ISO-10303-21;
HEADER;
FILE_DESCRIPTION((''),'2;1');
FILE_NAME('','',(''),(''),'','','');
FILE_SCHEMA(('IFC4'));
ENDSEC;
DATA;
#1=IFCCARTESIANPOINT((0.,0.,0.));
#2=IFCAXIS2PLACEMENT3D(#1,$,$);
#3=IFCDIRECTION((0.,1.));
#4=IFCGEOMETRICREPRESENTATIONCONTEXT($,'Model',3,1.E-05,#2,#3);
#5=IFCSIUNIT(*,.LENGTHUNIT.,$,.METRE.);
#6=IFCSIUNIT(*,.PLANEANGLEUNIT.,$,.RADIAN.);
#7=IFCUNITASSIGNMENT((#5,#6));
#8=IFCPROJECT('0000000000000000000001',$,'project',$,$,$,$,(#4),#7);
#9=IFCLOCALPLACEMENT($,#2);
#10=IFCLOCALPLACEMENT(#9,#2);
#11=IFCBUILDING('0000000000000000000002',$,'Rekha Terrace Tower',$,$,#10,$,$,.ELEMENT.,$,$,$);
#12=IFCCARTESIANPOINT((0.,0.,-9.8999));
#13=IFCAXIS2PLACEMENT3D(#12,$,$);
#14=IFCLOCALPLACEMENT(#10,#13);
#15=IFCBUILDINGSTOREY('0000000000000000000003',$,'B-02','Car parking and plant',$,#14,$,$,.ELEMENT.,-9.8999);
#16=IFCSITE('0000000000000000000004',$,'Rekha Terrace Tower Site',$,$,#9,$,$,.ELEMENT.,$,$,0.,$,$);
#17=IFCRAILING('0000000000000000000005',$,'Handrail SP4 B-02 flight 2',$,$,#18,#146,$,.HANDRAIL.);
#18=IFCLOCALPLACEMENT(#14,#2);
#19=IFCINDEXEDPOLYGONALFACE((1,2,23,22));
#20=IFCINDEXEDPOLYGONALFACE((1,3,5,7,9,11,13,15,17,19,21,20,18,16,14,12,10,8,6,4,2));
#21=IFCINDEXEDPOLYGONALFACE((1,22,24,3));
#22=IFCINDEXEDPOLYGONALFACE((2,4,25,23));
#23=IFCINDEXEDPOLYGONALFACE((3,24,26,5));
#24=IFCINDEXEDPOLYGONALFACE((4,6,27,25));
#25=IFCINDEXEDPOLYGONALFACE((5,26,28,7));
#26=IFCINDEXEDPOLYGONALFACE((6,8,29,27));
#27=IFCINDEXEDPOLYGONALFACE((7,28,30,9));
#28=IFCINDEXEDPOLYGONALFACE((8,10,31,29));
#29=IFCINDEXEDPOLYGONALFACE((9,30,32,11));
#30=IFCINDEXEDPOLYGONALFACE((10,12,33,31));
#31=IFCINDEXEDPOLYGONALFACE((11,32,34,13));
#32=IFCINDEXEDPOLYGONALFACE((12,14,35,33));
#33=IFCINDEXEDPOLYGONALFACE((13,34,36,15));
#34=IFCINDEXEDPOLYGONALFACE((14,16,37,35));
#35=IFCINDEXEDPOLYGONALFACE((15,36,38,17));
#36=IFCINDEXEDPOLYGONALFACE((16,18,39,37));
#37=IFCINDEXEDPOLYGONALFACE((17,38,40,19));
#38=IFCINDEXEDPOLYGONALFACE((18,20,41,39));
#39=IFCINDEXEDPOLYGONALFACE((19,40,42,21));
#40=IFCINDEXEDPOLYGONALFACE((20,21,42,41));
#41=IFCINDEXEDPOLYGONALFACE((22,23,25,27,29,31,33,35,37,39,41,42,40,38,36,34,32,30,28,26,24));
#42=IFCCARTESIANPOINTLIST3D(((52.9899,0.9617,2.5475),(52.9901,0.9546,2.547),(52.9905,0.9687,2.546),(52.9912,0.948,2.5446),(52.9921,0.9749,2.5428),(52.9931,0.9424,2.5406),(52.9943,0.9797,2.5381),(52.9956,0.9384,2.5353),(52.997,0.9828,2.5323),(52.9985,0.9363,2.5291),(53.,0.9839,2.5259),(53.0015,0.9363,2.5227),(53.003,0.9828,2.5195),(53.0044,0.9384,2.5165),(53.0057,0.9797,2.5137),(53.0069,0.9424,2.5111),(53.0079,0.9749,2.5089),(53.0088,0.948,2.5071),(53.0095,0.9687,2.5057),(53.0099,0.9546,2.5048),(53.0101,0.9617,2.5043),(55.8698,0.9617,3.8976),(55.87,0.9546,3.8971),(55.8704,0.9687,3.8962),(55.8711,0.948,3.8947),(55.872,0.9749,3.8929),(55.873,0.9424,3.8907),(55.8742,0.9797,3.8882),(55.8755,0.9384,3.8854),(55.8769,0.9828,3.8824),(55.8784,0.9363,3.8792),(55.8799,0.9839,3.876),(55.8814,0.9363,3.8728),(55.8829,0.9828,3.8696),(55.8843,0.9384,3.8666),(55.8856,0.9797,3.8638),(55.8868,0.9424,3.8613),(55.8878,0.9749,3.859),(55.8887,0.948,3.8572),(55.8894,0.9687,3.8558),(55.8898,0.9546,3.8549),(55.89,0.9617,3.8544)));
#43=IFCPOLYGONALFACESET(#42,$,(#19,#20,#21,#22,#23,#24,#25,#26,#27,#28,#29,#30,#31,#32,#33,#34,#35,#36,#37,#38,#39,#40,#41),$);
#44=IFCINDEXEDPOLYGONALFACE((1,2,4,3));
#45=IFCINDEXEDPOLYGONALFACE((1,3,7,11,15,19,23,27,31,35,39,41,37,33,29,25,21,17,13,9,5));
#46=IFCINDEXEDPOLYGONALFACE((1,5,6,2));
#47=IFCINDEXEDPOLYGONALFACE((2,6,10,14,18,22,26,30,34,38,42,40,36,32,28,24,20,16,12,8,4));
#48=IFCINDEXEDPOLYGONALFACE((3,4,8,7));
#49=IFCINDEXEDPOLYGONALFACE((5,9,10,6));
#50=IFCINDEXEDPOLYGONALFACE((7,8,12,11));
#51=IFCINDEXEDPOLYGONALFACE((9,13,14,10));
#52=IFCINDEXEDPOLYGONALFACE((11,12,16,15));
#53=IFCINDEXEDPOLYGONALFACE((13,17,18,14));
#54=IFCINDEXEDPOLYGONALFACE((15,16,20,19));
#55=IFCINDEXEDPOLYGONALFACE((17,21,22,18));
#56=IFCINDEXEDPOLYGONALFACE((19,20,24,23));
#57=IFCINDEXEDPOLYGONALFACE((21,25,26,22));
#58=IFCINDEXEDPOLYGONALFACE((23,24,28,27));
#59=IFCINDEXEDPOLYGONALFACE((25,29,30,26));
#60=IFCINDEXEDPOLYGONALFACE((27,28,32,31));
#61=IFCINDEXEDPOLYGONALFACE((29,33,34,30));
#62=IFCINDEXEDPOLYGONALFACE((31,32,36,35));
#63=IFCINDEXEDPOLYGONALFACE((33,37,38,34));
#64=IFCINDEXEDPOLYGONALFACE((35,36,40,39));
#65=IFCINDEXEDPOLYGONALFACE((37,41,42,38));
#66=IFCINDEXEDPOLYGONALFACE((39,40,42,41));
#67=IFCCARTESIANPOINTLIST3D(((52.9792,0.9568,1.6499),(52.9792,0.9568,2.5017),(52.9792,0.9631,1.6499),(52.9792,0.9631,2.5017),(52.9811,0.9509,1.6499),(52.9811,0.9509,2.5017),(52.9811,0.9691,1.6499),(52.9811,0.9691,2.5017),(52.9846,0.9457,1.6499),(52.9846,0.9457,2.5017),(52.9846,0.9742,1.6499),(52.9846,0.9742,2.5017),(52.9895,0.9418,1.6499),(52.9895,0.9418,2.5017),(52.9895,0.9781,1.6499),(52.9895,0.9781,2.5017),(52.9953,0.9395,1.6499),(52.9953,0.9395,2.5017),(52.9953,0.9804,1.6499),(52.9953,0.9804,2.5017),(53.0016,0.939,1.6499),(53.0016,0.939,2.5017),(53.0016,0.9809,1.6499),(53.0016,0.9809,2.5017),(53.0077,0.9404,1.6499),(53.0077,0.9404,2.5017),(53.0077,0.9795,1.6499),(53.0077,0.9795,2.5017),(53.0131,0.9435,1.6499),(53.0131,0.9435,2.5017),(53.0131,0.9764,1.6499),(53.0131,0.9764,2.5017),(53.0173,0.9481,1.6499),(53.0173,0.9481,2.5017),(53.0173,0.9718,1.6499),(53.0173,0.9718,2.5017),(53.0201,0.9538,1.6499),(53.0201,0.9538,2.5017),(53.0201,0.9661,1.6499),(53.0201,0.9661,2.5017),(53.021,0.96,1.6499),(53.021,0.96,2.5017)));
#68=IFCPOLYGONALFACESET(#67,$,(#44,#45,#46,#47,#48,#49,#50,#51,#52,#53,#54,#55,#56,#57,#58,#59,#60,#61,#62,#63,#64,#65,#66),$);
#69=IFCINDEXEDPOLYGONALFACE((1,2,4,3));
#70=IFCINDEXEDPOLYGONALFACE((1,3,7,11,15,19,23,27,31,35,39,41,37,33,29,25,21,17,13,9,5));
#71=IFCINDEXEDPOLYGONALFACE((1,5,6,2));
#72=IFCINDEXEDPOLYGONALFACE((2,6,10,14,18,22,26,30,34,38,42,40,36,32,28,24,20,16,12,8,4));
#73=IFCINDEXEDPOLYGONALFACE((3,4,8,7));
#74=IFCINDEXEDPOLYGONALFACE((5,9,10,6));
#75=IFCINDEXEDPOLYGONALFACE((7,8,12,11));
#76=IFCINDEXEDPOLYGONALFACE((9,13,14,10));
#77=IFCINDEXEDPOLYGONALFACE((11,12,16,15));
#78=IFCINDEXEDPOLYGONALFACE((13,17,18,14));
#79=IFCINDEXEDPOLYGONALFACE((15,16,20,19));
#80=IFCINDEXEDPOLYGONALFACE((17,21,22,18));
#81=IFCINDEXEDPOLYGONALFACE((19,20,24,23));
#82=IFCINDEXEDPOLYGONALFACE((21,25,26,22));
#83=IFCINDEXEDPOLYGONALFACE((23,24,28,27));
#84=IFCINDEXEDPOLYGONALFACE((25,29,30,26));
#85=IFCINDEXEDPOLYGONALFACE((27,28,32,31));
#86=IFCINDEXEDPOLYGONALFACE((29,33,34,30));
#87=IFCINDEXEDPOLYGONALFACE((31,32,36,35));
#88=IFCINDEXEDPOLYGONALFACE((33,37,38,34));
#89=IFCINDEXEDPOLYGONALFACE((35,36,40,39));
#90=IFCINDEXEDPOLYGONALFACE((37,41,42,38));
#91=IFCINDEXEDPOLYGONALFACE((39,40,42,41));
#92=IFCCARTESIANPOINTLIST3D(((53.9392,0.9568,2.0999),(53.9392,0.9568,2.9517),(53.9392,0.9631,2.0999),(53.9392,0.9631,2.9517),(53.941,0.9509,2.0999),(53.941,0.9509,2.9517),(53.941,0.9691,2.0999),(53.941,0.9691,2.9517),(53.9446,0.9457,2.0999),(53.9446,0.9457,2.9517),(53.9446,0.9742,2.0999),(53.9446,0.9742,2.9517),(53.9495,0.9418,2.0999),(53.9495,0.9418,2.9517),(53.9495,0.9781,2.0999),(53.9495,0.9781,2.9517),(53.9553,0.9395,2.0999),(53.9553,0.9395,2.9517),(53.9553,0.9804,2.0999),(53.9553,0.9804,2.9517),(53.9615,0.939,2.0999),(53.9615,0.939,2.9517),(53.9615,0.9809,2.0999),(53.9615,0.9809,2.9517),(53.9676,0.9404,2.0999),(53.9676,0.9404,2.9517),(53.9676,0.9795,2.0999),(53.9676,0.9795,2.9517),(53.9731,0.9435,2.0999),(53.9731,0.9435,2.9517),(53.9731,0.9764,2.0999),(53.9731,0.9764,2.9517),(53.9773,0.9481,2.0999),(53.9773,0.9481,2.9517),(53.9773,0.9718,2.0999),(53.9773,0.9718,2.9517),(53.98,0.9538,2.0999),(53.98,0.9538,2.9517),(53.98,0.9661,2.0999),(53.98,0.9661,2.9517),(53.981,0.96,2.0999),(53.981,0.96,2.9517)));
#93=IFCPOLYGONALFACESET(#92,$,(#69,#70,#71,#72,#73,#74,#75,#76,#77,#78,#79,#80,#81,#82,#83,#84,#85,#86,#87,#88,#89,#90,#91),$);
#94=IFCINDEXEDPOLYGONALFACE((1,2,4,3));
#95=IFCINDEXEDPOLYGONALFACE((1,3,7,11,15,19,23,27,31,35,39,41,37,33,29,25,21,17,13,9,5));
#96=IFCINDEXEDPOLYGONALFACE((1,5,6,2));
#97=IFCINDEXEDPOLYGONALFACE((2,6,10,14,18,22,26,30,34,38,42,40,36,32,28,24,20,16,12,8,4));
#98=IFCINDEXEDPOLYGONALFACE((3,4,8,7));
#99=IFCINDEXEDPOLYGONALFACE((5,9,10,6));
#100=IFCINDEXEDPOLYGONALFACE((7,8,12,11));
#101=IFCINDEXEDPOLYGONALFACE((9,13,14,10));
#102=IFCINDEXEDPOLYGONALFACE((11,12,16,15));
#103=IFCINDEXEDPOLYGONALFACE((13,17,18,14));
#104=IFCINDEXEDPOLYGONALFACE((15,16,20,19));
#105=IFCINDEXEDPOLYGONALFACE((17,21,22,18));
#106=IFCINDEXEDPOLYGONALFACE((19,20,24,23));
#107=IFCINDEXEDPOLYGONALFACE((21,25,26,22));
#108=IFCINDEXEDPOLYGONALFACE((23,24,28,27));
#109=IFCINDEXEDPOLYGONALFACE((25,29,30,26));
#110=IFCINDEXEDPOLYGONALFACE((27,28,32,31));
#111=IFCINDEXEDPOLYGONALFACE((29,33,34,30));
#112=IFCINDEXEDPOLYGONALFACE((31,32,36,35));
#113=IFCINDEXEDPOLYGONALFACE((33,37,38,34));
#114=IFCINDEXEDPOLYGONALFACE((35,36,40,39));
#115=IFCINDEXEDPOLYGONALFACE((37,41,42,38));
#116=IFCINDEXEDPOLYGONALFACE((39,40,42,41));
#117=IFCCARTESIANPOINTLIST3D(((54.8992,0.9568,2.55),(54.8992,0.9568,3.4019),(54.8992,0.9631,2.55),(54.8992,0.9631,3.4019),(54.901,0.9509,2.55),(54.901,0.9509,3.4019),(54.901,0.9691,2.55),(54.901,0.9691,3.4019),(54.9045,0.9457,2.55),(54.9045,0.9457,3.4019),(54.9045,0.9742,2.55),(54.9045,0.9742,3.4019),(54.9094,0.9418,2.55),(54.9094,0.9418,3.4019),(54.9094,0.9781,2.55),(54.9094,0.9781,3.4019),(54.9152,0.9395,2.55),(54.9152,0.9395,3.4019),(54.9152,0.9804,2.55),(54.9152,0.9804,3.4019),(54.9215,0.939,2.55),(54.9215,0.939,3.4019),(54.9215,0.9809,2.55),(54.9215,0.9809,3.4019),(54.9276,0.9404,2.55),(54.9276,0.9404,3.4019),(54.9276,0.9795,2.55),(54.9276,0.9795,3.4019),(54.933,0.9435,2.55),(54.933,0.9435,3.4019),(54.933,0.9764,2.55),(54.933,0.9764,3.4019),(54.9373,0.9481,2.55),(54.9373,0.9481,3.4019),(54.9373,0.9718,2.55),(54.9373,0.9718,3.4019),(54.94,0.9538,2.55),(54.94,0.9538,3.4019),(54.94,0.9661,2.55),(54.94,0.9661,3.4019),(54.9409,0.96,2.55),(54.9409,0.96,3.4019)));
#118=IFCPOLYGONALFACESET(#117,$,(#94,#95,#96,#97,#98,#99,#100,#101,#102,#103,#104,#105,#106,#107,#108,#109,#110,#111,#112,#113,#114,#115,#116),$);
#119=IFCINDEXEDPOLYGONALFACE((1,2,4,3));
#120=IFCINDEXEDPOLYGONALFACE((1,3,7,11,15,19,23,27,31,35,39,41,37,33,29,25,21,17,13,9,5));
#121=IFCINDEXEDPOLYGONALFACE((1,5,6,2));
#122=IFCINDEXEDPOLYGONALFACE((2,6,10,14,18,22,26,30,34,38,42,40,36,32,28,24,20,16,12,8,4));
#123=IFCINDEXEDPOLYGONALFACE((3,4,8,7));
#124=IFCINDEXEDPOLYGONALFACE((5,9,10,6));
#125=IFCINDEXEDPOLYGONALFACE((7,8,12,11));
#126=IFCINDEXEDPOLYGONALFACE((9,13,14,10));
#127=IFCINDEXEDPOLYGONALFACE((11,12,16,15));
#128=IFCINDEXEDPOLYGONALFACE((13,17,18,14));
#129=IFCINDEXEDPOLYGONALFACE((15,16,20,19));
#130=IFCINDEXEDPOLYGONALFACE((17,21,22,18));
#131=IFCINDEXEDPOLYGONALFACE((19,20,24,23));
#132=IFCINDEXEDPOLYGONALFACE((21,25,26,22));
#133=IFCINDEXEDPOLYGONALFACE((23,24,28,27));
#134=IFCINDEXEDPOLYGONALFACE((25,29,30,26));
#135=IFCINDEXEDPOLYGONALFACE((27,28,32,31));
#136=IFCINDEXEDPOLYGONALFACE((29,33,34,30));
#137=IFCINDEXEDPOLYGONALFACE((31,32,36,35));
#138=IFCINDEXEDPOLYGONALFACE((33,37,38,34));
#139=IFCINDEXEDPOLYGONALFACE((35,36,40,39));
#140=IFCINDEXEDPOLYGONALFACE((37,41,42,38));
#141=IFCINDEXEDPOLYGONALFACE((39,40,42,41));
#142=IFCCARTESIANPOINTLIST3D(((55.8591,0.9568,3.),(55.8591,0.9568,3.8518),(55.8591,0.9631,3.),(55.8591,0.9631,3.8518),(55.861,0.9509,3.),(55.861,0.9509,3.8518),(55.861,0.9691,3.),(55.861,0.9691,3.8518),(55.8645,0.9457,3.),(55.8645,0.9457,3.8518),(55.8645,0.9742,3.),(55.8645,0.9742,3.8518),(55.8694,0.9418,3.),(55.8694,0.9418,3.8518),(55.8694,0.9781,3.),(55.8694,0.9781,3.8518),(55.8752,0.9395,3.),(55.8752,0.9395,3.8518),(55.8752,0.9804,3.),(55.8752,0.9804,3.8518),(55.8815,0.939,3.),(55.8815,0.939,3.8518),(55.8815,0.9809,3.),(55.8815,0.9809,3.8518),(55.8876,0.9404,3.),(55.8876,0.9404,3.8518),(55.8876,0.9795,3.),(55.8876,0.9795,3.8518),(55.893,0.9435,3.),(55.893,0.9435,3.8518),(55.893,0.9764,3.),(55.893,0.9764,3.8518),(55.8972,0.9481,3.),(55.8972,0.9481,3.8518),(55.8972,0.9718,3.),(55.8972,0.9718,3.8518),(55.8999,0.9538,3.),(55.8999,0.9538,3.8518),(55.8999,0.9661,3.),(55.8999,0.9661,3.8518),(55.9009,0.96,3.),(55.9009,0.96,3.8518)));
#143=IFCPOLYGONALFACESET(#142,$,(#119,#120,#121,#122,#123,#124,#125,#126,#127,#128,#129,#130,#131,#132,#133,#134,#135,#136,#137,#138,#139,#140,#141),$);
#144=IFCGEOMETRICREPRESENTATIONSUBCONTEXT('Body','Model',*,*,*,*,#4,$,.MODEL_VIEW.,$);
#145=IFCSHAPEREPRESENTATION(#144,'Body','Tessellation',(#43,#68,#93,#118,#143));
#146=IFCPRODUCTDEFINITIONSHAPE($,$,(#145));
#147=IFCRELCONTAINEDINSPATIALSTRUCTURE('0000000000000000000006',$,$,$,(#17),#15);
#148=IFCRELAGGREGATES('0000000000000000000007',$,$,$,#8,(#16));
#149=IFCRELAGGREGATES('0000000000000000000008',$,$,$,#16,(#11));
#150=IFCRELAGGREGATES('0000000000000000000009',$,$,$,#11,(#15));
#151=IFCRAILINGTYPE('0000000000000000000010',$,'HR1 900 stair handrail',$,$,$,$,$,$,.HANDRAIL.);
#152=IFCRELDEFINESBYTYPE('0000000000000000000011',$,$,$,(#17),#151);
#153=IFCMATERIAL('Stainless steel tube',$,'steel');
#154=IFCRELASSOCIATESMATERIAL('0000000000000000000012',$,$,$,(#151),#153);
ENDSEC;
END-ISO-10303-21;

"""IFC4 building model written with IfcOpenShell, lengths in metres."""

from ifc_helpers import new_model, si_unit, direction, frame, origin, origin_2d, place, context, subcontext, project, spatial, circle, extrude, material, type_object, element, save


model = new_model("IFC4")

# Units and contexts
model_context = context("Model", 3, precision=1e-05, world=origin(), true_north=direction((0.0, 1.0)))
body_context = subcontext(model_context, "Body", "Model", "MODEL_VIEW")
ifc_project = project(units=[si_unit("LENGTHUNIT", "METRE"), si_unit("PLANEANGLEUNIT", "RADIAN")], contexts=[model_context])

# Site, building, storey
site_placement = place(None, origin())
site = spatial("IfcSite", under=ifc_project, at=site_placement, Name="Rekha Terrace Tower Site", CompositionType="ELEMENT", RefElevation=0.0)
building_placement = place(site_placement, origin())
building = spatial("IfcBuilding", under=site, at=building_placement, Name="Rekha Terrace Tower", CompositionType="ELEMENT")
storey_placement = place(building_placement, frame((0.0, 0.0, -9.8999)))
storey = spatial("IfcBuildingStorey", under=building, at=storey_placement, Name="B-02", Description="Car parking and plant", CompositionType="ELEMENT", Elevation=-9.8999)

# Railing
ifc_material_1 = material(Name="Stainless steel tube", Category="steel")
railing_type_1 = type_object("IfcRailingType", Name="HR1 900 stair handrail", PredefinedType="HANDRAIL", material=ifc_material_1)
railing_1_placement = place(storey_placement, frame((53.0, 0.96, 1.6499)))
element("IfcRailing", 1, at=railing_1_placement, inside=storey, type_object=railing_type_1, Name="Handrail SP4 B-02 flight 2", PredefinedType="HANDRAIL", context=body_context, shape_type="SweptSolid", body=[
    extrude(circle(Radius=0.0239, at=origin_2d()), frame((0.0, 0.0, 0.876), z_axis=(0.90544, 0.0, 0.424473), x_axis=(0.0, 1.0, 0.0)), (0.0, 0.0, 1.0), 3.1807),
    extrude(circle(Radius=0.021, at=origin_2d()), origin(), (0.0, 0.0, 1.0), 0.8518),
    extrude(circle(Radius=0.021, at=origin_2d()), frame((0.96, 0.0, 0.45)), (0.0, 0.0, 1.0), 0.8518),
    extrude(circle(Radius=0.021, at=origin_2d()), frame((1.9199, 0.0, 0.9001)), (0.0, 0.0, 1.0), 0.8518),
    extrude(circle(Radius=0.021, at=origin_2d()), frame((2.8799, 0.0, 1.3501)), (0.0, 0.0, 1.0), 0.8518),
])

save(model, "model.ifc")
